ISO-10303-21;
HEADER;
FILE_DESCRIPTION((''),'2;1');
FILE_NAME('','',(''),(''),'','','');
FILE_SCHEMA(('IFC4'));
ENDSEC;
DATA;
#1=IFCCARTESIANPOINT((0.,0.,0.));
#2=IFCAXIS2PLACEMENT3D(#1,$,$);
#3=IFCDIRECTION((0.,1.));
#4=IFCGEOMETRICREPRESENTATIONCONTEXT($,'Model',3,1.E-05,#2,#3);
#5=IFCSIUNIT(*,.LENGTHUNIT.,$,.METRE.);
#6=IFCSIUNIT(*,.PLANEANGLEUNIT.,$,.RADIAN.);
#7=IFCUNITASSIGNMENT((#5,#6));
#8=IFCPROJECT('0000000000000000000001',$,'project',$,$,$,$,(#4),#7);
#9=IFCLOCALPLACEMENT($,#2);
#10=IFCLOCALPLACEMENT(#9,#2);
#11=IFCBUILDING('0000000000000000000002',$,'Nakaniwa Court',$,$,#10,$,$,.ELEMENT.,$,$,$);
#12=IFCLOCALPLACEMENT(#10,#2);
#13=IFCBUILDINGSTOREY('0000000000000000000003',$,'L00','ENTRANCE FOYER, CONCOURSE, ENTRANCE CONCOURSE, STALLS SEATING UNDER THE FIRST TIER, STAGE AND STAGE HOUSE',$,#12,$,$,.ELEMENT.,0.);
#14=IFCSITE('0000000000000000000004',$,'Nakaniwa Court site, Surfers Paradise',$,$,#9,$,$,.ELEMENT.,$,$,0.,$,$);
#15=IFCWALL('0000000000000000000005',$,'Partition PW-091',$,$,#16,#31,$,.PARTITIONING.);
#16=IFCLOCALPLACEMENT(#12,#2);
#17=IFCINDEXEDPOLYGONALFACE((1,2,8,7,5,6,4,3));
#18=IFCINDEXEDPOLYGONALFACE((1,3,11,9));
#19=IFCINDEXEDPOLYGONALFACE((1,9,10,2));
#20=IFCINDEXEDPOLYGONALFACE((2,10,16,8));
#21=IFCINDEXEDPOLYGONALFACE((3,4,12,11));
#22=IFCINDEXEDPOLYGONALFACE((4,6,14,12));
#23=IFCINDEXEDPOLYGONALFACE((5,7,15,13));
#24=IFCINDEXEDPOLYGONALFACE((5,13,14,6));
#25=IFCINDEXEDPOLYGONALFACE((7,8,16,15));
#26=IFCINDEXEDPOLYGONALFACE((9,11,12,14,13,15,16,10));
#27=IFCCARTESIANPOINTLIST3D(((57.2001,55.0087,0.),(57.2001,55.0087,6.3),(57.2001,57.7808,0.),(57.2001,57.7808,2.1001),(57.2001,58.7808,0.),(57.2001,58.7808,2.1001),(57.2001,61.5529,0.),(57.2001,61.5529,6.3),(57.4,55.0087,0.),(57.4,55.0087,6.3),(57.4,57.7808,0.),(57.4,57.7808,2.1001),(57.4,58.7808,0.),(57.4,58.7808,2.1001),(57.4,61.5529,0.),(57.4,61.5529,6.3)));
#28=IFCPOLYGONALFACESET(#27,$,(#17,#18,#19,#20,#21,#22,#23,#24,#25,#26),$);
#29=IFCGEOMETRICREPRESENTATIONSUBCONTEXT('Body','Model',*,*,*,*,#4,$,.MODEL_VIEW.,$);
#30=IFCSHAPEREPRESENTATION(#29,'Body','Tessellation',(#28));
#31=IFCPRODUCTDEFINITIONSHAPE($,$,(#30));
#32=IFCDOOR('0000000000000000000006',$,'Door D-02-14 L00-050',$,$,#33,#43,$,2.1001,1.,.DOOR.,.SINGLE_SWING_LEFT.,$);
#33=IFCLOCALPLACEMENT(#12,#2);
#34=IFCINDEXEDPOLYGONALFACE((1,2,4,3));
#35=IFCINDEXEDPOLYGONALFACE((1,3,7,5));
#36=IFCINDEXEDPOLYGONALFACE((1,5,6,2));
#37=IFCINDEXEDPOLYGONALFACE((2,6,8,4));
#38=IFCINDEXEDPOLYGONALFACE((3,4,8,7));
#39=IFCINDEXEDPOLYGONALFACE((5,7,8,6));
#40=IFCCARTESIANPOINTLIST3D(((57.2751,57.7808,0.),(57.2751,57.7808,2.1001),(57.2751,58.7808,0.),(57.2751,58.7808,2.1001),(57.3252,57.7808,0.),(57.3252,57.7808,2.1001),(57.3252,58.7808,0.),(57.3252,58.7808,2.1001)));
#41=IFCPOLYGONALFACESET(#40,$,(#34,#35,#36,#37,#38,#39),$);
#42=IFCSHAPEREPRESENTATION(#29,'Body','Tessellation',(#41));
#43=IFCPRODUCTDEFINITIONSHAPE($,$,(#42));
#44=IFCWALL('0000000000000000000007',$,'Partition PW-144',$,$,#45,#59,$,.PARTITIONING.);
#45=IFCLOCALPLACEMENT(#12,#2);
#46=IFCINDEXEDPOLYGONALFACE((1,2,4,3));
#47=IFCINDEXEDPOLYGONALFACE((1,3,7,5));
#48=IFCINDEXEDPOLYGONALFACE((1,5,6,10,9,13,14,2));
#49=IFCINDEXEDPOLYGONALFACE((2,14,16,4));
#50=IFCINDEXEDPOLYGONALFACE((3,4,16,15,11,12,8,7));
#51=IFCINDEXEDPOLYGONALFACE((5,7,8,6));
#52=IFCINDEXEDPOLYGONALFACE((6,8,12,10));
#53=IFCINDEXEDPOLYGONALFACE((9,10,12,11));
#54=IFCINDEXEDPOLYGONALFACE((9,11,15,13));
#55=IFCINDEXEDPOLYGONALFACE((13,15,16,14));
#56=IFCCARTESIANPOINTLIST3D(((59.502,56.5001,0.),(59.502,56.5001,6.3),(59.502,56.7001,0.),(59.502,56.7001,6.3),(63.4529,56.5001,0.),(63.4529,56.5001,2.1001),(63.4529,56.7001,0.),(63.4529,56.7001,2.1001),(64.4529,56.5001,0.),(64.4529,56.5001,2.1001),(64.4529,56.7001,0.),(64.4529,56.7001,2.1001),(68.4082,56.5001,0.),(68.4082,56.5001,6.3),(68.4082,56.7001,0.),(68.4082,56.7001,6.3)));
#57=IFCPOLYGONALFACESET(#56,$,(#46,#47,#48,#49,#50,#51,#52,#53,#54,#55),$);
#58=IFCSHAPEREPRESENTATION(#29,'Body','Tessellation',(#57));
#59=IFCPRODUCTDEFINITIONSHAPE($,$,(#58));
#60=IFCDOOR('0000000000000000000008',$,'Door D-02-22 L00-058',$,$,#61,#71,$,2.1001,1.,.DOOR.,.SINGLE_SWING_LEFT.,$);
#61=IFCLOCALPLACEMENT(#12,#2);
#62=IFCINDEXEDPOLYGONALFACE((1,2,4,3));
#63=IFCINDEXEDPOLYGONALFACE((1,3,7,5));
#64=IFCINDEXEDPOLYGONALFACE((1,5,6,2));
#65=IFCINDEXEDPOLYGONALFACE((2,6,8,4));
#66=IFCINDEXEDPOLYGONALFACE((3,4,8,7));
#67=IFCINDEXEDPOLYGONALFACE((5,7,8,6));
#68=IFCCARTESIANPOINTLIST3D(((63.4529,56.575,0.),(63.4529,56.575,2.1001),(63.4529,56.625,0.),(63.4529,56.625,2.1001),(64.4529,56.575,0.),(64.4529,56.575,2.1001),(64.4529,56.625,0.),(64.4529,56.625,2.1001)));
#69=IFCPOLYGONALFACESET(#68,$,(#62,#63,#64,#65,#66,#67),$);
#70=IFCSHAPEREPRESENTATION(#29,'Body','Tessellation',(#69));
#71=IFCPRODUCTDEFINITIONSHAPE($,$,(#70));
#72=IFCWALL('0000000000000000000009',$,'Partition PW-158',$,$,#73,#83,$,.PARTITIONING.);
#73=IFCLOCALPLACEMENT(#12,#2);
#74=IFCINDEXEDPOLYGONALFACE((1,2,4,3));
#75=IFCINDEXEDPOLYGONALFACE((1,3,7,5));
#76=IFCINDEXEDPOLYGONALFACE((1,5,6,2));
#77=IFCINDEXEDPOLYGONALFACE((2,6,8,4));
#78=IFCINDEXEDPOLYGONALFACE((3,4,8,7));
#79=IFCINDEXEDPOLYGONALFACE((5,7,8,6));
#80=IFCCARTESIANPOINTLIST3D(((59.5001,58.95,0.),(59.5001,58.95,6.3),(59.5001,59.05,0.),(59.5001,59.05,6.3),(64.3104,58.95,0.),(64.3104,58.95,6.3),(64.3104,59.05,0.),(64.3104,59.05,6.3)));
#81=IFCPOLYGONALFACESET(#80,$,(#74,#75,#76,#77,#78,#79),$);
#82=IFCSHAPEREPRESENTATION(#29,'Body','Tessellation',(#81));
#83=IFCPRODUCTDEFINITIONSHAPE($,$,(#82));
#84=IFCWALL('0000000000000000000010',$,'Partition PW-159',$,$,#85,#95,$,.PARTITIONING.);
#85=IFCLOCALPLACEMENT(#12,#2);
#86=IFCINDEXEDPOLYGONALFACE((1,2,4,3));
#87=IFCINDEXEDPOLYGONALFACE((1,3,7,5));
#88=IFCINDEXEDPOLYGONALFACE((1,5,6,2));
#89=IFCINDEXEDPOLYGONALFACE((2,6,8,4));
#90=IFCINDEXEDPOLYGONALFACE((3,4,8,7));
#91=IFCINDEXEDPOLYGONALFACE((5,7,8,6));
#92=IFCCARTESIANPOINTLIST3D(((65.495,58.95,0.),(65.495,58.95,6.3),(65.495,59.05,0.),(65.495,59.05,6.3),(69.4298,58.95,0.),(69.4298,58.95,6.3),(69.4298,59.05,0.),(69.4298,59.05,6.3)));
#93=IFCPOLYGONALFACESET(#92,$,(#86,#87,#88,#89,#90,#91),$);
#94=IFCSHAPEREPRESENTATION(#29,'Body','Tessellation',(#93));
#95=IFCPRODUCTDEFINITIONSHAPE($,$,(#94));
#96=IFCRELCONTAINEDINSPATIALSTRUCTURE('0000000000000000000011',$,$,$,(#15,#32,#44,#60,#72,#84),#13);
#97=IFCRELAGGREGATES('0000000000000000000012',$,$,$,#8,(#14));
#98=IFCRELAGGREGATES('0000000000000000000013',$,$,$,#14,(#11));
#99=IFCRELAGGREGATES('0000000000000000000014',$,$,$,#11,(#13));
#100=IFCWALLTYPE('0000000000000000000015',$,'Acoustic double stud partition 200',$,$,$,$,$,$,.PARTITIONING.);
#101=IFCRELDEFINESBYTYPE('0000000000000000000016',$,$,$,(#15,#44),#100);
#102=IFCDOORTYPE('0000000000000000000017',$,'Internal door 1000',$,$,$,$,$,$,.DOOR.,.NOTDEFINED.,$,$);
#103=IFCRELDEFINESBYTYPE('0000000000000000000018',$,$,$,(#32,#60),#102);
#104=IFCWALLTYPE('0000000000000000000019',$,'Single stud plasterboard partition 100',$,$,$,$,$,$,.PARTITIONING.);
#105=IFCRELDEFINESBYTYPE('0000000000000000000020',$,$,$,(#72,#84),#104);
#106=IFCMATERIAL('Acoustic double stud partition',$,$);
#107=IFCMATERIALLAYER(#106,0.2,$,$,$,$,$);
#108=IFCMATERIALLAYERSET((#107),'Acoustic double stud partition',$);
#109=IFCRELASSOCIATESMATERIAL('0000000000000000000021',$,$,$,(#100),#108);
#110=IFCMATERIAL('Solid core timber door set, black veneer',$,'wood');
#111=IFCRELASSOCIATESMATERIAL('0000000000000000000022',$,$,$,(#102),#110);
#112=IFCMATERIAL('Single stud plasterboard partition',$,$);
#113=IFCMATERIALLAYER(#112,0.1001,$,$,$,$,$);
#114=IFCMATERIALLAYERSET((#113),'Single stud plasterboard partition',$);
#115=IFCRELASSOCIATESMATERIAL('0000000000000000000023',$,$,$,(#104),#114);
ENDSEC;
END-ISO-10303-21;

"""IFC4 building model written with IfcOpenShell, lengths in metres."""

from ifc_helpers import new_model, si_unit, direction, frame, frame_2d, origin, place, context, subcontext, project, spatial, rectangle, extrude, material, layer, layer_set, type_object, element, fill, save


model = new_model("IFC4")

# Units and contexts
model_context = context("Model", 3, precision=1e-05, world=origin(), true_north=direction((0.0, 1.0)))
body_context = subcontext(model_context, "Body", "Model", "MODEL_VIEW")
ifc_project = project(units=[si_unit("LENGTHUNIT", "METRE"), si_unit("PLANEANGLEUNIT", "RADIAN")], contexts=[model_context])

# Site, building, storey
site_placement = place(None, origin())
site = spatial("IfcSite", under=ifc_project, at=site_placement, Name="Nakaniwa Court site, Surfers Paradise", CompositionType="ELEMENT", RefElevation=0.0)
building_placement = place(site_placement, origin())
building = spatial("IfcBuilding", under=site, at=building_placement, Name="Nakaniwa Court", CompositionType="ELEMENT")
storey_placement = place(building_placement, origin())
storey = spatial("IfcBuildingStorey", under=building, at=storey_placement, Name="L00", Description="ENTRANCE FOYER, CONCOURSE, ENTRANCE CONCOURSE, STALLS SEATING UNDER THE FIRST TIER, STAGE AND STAGE HOUSE", CompositionType="ELEMENT", Elevation=0.0)

# Walls, openings, doors
ifc_material_1 = material(Name="Acoustic double stud partition")
ifc_layer_1 = layer(ifc_material_1, 0.2)
ifc_layer_set_1 = layer_set([ifc_layer_1], Name="Acoustic double stud partition")
wall_type_1 = type_object("IfcWallType", Name="Acoustic double stud partition 200", PredefinedType="PARTITIONING", material=ifc_layer_set_1)
wall_1_placement = place(storey_placement, frame((57.3, 55.0088, 0.0), z_axis=(0.0, 0.0, 1.0), x_axis=(0.0, 1.0, 0.0)))
wall_1 = element("IfcWall", 1, at=wall_1_placement, inside=storey, type_object=wall_type_1, Name="Partition PW-091", PredefinedType="PARTITIONING", context=body_context, shape_type="SweptSolid", body=[
    extrude(rectangle(XDim=6.5442, YDim=0.2, at=frame_2d((3.272, 0.0))), origin(), (0.0, 0.0, 1.0), 6.3),
])
opening_1_placement = place(wall_1_placement, frame((2.772, 0.0, 0.0)))
opening_1 = element("IfcOpeningElement", 2, at=opening_1_placement, cuts=wall_1, PredefinedType="OPENING", context=body_context, shape_type="SweptSolid", body=[
    extrude(rectangle(XDim=1.0, YDim=2.1001, at=frame_2d((0.5, 1.05))), frame((0.0, 0.1099, 0.0), z_axis=(0.0, -1.0, 0.0), x_axis=(1.0, 0.0, 0.0)), (0.0, 0.0, 1.0), 0.22),
])
ifc_material_2 = material(Name="Solid core timber door set, black veneer", Category="wood")
door_type = type_object("IfcDoorType", Name="Internal door 1000", OperationType="NOTDEFINED", PredefinedType="DOOR", material=ifc_material_2)
door_1_placement = place(opening_1_placement, origin())
door_1 = element("IfcDoor", 3, at=door_1_placement, inside=storey, type_object=door_type, Name="Door D-02-14 L00-050", OperationType="SINGLE_SWING_LEFT", OverallHeight=2.1001, OverallWidth=1.0, PredefinedType="DOOR", context=body_context, shape_type="SweptSolid", body=[
    extrude(rectangle(XDim=1.0, YDim=2.1001, at=frame_2d((0.5, 1.05))), frame((0.0, 0.0249, 0.0), z_axis=(0.0, -1.0, 0.0), x_axis=(1.0, 0.0, 0.0)), (0.0, 0.0, 1.0), 0.05),
])
fill(opening_1, door_1)
wall_2_placement = place(storey_placement, frame((59.502, 56.6001, 0.0), z_axis=(0.0, 0.0, 1.0), x_axis=(1.0, 0.0, 0.0)))
wall_2 = element("IfcWall", 4, at=wall_2_placement, inside=storey, type_object=wall_type_1, Name="Partition PW-144", PredefinedType="PARTITIONING", context=body_context, shape_type="SweptSolid", body=[
    extrude(rectangle(XDim=8.9062, YDim=0.2, at=frame_2d((4.4531, 0.0))), origin(), (0.0, 0.0, 1.0), 6.3),
])
opening_2_placement = place(wall_2_placement, frame((3.9509, 0.0, 0.0)))
opening_2 = element("IfcOpeningElement", 5, at=opening_2_placement, cuts=wall_2, PredefinedType="OPENING", context=body_context, shape_type="SweptSolid", body=[
    extrude(rectangle(XDim=1.0, YDim=2.1001, at=frame_2d((0.5, 1.05))), frame((0.0, 0.1099, 0.0), z_axis=(0.0, -1.0, 0.0), x_axis=(1.0, 0.0, 0.0)), (0.0, 0.0, 1.0), 0.22),
])
door_2_placement = place(opening_2_placement, origin())
door_2 = element("IfcDoor", 6, at=door_2_placement, inside=storey, type_object=door_type, Name="Door D-02-22 L00-058", OperationType="SINGLE_SWING_LEFT", OverallHeight=2.1001, OverallWidth=1.0, PredefinedType="DOOR", context=body_context, shape_type="SweptSolid", body=[
    extrude(rectangle(XDim=1.0, YDim=2.1001, at=frame_2d((0.5, 1.05))), frame((0.0, 0.0249, 0.0), z_axis=(0.0, -1.0, 0.0), x_axis=(1.0, 0.0, 0.0)), (0.0, 0.0, 1.0), 0.05),
])
fill(opening_2, door_2)

# Walls
ifc_material_3 = material(Name="Single stud plasterboard partition")
ifc_layer_2 = layer(ifc_material_3, 0.1001)
ifc_layer_set_2 = layer_set([ifc_layer_2], Name="Single stud plasterboard partition")
wall_type_2 = type_object("IfcWallType", Name="Single stud plasterboard partition 100", PredefinedType="PARTITIONING", material=ifc_layer_set_2)
wall_3_placement = place(storey_placement, frame((59.5, 59.0, 0.0), z_axis=(0.0, 0.0, 1.0), x_axis=(1.0, 0.0, 0.0)))
element("IfcWall", 7, at=wall_3_placement, inside=storey, type_object=wall_type_2, Name="Partition PW-158", PredefinedType="PARTITIONING", context=body_context, shape_type="SweptSolid", body=[
    extrude(rectangle(XDim=4.8103, YDim=0.1001, at=frame_2d((2.4053, 0.0))), origin(), (0.0, 0.0, 1.0), 6.3),
])
wall_4_placement = place(storey_placement, frame((65.4951, 59.0, 0.0), z_axis=(0.0, 0.0, 1.0), x_axis=(1.0, 0.0, 0.0)))
element("IfcWall", 8, at=wall_4_placement, inside=storey, type_object=wall_type_2, Name="Partition PW-159", PredefinedType="PARTITIONING", context=body_context, shape_type="SweptSolid", body=[
    extrude(rectangle(XDim=3.9348, YDim=0.1001, at=frame_2d((1.9673, 0.0))), origin(), (0.0, 0.0, 1.0), 6.3),
])

save(model, "model.ifc")
